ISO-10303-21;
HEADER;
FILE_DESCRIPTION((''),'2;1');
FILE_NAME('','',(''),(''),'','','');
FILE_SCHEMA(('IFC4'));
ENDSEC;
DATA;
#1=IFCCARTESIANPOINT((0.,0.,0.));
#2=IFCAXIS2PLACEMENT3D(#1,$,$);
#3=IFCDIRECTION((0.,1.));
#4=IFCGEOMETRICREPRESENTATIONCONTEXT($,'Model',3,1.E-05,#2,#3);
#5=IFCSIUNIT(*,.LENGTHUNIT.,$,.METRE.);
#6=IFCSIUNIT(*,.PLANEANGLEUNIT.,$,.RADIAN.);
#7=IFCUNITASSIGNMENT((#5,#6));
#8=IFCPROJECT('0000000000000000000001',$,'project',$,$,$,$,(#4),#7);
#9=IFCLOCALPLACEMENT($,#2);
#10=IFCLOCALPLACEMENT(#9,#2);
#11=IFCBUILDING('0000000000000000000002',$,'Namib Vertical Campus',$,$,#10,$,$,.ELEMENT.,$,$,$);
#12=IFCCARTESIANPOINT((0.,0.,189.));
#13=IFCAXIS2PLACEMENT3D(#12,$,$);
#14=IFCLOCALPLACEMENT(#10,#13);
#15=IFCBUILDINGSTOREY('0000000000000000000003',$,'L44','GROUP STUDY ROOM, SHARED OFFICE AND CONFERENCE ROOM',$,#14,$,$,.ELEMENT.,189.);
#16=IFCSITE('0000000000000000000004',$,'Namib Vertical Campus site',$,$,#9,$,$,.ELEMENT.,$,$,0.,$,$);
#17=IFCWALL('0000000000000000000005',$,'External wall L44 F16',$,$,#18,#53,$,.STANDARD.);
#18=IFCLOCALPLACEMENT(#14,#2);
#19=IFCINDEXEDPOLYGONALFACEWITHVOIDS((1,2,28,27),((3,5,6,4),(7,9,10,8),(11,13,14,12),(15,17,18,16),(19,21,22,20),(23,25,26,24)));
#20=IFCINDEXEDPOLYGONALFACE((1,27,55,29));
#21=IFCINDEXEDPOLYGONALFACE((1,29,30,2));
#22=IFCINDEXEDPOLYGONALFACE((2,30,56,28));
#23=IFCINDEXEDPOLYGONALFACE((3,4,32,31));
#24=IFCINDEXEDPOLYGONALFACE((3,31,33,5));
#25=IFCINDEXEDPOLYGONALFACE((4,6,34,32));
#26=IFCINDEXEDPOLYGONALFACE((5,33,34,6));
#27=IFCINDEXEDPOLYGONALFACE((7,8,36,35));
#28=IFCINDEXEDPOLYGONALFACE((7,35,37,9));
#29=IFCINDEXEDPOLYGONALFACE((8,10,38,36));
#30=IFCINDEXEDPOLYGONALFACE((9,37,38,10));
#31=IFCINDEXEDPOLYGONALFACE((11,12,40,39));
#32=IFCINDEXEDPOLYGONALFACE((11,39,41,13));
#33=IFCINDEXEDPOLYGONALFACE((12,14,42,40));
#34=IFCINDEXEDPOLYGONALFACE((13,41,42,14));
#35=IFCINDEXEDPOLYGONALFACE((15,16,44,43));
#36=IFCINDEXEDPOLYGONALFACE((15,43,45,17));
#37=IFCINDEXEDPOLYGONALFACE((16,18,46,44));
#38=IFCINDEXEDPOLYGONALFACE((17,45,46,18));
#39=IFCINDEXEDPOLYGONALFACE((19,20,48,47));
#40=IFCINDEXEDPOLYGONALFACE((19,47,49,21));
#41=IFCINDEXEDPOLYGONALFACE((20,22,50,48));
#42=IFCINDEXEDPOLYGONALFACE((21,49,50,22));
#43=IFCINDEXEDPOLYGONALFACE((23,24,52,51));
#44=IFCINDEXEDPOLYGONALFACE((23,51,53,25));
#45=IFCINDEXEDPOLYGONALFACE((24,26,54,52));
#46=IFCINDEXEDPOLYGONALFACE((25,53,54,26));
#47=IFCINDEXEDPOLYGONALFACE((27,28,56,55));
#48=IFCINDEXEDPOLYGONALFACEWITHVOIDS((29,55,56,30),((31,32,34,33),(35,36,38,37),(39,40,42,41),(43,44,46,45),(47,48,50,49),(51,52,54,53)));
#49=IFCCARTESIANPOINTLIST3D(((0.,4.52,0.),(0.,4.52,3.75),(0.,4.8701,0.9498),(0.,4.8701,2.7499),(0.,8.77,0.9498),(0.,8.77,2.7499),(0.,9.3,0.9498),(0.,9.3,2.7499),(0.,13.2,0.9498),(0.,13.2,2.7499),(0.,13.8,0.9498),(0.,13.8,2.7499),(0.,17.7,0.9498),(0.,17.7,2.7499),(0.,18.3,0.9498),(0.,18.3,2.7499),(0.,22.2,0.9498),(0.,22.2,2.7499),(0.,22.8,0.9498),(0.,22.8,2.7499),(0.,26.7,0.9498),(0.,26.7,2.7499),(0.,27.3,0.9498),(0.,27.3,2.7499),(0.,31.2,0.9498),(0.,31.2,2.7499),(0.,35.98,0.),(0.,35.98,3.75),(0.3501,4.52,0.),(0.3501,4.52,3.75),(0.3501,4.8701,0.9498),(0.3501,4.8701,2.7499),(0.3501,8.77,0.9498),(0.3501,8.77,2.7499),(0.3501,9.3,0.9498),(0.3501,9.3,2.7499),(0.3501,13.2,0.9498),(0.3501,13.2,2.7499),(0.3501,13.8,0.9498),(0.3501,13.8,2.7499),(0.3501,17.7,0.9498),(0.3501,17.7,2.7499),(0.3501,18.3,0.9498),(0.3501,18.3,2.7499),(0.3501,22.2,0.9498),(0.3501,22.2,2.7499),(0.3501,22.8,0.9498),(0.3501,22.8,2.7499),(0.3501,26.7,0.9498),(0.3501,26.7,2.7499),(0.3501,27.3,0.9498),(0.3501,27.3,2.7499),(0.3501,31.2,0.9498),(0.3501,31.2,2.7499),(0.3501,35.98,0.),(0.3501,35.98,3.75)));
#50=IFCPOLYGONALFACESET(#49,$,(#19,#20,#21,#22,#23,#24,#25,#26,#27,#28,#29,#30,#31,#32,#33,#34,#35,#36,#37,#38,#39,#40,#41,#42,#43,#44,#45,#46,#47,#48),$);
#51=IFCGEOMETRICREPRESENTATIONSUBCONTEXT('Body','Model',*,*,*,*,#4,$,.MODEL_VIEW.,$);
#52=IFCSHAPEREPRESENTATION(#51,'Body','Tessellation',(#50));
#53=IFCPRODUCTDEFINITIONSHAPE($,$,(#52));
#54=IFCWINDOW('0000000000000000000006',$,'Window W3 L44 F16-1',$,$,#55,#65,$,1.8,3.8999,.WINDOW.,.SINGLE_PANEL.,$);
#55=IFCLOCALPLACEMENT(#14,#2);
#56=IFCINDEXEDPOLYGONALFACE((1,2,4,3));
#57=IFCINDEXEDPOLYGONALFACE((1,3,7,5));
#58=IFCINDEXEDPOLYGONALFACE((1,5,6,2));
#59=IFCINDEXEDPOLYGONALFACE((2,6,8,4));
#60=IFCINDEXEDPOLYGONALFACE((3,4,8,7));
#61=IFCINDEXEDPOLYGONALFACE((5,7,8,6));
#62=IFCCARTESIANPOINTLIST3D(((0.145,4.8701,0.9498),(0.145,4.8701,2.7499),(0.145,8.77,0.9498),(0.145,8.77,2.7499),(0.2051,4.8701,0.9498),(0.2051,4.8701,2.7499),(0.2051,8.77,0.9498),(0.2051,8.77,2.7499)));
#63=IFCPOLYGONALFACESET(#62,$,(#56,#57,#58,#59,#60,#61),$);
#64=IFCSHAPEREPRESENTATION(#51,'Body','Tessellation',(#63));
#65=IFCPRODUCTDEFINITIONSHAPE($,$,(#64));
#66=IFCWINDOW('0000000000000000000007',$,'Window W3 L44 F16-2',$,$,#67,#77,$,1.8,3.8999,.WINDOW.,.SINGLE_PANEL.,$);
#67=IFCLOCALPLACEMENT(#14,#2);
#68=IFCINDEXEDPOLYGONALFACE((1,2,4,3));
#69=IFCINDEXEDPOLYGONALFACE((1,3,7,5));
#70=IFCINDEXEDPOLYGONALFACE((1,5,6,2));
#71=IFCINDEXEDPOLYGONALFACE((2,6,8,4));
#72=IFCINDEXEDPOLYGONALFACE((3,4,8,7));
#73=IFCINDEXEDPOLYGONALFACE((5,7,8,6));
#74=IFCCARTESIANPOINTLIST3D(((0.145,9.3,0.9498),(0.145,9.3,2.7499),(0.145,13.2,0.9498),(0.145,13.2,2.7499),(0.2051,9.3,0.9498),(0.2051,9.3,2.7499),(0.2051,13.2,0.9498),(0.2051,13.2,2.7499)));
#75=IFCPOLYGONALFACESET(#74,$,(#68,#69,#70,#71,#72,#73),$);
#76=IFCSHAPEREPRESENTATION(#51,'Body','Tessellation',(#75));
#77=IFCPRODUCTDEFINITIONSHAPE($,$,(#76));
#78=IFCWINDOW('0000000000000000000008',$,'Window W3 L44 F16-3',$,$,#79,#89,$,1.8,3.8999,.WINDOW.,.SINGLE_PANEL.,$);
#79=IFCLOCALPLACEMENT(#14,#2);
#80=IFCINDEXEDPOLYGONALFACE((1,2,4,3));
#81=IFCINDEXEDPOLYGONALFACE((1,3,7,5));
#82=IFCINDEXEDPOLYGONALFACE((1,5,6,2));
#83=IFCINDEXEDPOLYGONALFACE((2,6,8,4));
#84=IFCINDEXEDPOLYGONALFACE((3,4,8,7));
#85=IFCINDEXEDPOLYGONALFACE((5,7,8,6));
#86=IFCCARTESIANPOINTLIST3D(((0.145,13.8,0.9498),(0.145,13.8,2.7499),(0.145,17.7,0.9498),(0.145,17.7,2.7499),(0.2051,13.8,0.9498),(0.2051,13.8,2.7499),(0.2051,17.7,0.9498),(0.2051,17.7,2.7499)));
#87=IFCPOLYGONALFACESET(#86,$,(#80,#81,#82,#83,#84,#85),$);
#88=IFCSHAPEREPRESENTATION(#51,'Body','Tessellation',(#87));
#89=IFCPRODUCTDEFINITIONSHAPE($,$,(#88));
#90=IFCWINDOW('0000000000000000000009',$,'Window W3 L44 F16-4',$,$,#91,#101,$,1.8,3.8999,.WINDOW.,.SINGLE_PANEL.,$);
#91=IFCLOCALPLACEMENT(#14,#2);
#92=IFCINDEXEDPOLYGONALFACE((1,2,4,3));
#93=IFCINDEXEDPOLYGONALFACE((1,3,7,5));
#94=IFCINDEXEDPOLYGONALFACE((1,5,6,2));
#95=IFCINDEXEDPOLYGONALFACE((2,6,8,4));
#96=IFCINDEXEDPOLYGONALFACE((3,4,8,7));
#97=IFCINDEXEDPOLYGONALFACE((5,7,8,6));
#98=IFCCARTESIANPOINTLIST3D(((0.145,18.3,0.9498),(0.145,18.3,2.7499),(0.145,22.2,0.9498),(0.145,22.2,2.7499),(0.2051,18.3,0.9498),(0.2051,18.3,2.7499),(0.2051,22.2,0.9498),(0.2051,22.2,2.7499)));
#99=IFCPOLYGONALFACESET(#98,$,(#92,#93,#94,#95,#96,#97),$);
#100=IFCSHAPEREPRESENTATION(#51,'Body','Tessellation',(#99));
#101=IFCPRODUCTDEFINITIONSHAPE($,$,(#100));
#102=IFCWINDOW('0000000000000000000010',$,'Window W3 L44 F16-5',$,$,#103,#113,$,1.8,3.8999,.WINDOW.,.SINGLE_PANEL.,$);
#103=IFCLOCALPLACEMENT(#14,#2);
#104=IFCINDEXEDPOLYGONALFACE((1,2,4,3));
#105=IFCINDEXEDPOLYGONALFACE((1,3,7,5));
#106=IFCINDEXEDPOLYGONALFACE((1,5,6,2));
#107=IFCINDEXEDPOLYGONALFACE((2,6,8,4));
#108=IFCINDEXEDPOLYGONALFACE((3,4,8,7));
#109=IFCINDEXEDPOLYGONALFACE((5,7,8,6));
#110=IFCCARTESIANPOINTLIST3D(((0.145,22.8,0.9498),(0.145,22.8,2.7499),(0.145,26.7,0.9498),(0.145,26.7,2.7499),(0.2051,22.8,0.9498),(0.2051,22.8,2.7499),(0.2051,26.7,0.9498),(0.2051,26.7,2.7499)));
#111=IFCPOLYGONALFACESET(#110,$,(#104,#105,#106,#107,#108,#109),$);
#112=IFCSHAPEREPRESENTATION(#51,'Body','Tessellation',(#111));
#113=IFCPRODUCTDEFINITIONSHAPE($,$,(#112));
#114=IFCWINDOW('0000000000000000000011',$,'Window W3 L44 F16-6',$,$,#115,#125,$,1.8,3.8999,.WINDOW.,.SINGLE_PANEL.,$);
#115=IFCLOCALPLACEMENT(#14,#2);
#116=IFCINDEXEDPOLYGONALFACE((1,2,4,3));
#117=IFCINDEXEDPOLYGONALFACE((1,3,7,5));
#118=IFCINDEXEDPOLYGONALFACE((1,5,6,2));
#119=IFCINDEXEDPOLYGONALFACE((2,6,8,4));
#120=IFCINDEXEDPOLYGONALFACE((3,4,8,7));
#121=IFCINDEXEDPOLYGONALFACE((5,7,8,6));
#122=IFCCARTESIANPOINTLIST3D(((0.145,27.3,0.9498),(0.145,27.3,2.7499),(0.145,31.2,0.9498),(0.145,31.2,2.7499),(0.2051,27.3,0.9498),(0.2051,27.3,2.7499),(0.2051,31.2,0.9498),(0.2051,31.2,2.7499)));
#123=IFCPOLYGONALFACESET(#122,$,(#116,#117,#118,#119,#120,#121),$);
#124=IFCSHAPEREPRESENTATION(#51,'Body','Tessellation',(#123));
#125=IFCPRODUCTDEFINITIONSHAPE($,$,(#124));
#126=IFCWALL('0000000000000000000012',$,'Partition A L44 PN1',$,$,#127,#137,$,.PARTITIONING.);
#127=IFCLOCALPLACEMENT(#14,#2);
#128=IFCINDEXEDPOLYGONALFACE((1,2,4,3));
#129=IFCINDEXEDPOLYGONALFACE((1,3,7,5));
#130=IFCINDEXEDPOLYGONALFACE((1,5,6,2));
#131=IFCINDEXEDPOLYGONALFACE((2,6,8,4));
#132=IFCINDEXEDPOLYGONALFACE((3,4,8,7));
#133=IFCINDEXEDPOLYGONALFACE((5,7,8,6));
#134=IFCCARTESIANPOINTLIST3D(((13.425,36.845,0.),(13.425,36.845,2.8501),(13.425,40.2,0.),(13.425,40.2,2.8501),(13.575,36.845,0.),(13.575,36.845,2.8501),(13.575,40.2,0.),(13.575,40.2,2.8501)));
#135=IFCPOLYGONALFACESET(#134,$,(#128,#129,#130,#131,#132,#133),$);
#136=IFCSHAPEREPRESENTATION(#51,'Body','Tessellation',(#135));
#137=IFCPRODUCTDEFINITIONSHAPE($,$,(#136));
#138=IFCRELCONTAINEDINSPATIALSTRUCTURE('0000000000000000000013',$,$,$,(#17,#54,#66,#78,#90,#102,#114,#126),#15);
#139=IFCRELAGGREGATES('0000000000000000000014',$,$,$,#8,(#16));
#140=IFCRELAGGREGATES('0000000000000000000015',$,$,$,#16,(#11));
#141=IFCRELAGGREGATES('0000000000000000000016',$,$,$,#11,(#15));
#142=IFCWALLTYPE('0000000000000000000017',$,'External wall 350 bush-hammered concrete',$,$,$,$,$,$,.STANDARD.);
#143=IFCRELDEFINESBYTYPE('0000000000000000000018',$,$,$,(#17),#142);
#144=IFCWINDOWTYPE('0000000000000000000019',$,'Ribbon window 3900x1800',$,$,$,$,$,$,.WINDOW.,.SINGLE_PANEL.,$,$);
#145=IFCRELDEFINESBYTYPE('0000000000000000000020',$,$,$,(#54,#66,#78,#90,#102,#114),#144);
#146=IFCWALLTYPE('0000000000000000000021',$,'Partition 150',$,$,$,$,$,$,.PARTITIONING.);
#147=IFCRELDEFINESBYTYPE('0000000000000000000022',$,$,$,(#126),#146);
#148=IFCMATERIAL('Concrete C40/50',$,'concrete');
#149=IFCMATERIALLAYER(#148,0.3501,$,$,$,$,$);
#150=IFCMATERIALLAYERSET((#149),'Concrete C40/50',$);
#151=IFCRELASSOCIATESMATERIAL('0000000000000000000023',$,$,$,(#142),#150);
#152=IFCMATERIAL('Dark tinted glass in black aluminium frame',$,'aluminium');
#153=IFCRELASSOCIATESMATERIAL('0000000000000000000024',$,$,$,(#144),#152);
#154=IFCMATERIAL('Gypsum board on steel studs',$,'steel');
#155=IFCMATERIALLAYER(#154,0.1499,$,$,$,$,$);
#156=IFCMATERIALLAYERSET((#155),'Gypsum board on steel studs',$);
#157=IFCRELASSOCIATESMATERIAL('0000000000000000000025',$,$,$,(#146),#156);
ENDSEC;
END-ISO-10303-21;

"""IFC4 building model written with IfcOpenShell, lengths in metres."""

from ifc_helpers import new_model, si_unit, direction, frame, frame_2d, origin, place, context, subcontext, project, spatial, rectangle, extrude, material, layer, layer_set, type_object, element, fill, save


model = new_model("IFC4")

# Units and contexts
model_context = context("Model", 3, precision=1e-05, world=origin(), true_north=direction((0.0, 1.0)))
body_context = subcontext(model_context, "Body", "Model", "MODEL_VIEW")
ifc_project = project(units=[si_unit("LENGTHUNIT", "METRE"), si_unit("PLANEANGLEUNIT", "RADIAN")], contexts=[model_context])

# Site, building, storey
site_placement = place(None, origin())
site = spatial("IfcSite", under=ifc_project, at=site_placement, Name="Namib Vertical Campus site", CompositionType="ELEMENT", RefElevation=0.0)
building_placement = place(site_placement, origin())
building = spatial("IfcBuilding", under=site, at=building_placement, Name="Namib Vertical Campus", CompositionType="ELEMENT")
storey_placement = place(building_placement, frame((0.0, 0.0, 189.0)))
storey = spatial("IfcBuildingStorey", under=building, at=storey_placement, Name="L44", Description="GROUP STUDY ROOM, SHARED OFFICE AND CONFERENCE ROOM", CompositionType="ELEMENT", Elevation=189.0)

# Shared definitions
ifc_material_1 = material(Name="Concrete C40/50", Category="concrete")
ifc_layer_1 = layer(ifc_material_1, 0.3501)
ifc_layer_set_1 = layer_set([ifc_layer_1], Name="Concrete C40/50")
wall_type_1 = type_object("IfcWallType", Name="External wall 350 bush-hammered concrete", PredefinedType="STANDARD", material=ifc_layer_set_1)

# Wall, openings, windows
wall_1_placement = place(storey_placement, frame((0.175, 35.98, 0.0), z_axis=(0.0, 0.0, 1.0), x_axis=(0.0, -1.0, 0.0)))
wall_1 = element("IfcWall", 1, at=wall_1_placement, inside=storey, type_object=wall_type_1, Name="External wall L44 F16", PredefinedType="STANDARD", context=body_context, shape_type="SweptSolid", body=[
    extrude(rectangle(XDim=31.46, YDim=0.3501, at=frame_2d((15.73, 0.0))), origin(), (0.0, 0.0, 1.0), 3.75),
])
opening_1_placement = place(wall_1_placement, frame((27.21, 0.0, 0.95)))
opening_1 = element("IfcOpeningElement", 2, at=opening_1_placement, cuts=wall_1, PredefinedType="OPENING", context=body_context, shape_type="SweptSolid", body=[
    extrude(rectangle(XDim=3.8999, YDim=1.8, at=frame_2d((1.95, 0.8999))), frame((0.0, 0.1851, 0.0), z_axis=(0.0, -1.0, 0.0), x_axis=(1.0, 0.0, 0.0)), (0.0, 0.0, 1.0), 0.3701),
])
opening_2_placement = place(wall_1_placement, frame((22.78, 0.0, 0.95)))
opening_2 = element("IfcOpeningElement", 3, at=opening_2_placement, cuts=wall_1, PredefinedType="OPENING", context=body_context, shape_type="SweptSolid", body=[
    extrude(rectangle(XDim=3.8999, YDim=1.8, at=frame_2d((1.95, 0.8999))), frame((0.0, 0.1851, 0.0), z_axis=(0.0, -1.0, 0.0), x_axis=(1.0, 0.0, 0.0)), (0.0, 0.0, 1.0), 0.3701),
])
opening_3_placement = place(wall_1_placement, frame((18.28, 0.0, 0.95)))
opening_3 = element("IfcOpeningElement", 4, at=opening_3_placement, cuts=wall_1, PredefinedType="OPENING", context=body_context, shape_type="SweptSolid", body=[
    extrude(rectangle(XDim=3.8999, YDim=1.8, at=frame_2d((1.95, 0.8999))), frame((0.0, 0.1851, 0.0), z_axis=(0.0, -1.0, 0.0), x_axis=(1.0, 0.0, 0.0)), (0.0, 0.0, 1.0), 0.3701),
])
opening_4_placement = place(wall_1_placement, frame((13.78, 0.0, 0.95)))
opening_4 = element("IfcOpeningElement", 5, at=opening_4_placement, cuts=wall_1, PredefinedType="OPENING", context=body_context, shape_type="SweptSolid", body=[
    extrude(rectangle(XDim=3.8999, YDim=1.8, at=frame_2d((1.95, 0.8999))), frame((0.0, 0.1851, 0.0), z_axis=(0.0, -1.0, 0.0), x_axis=(1.0, 0.0, 0.0)), (0.0, 0.0, 1.0), 0.3701),
])
opening_5_placement = place(wall_1_placement, frame((9.28, 0.0, 0.95)))
opening_5 = element("IfcOpeningElement", 6, at=opening_5_placement, cuts=wall_1, PredefinedType="OPENING", context=body_context, shape_type="SweptSolid", body=[
    extrude(rectangle(XDim=3.8999, YDim=1.8, at=frame_2d((1.95, 0.8999))), frame((0.0, 0.1851, 0.0), z_axis=(0.0, -1.0, 0.0), x_axis=(1.0, 0.0, 0.0)), (0.0, 0.0, 1.0), 0.3701),
])
opening_6_placement = place(wall_1_placement, frame((4.78, 0.0, 0.95)))
opening_6 = element("IfcOpeningElement", 7, at=opening_6_placement, cuts=wall_1, PredefinedType="OPENING", context=body_context, shape_type="SweptSolid", body=[
    extrude(rectangle(XDim=3.8999, YDim=1.8, at=frame_2d((1.95, 0.8999))), frame((0.0, 0.1851, 0.0), z_axis=(0.0, -1.0, 0.0), x_axis=(1.0, 0.0, 0.0)), (0.0, 0.0, 1.0), 0.3701),
])
ifc_material_2 = material(Name="Dark tinted glass in black aluminium frame", Category="aluminium")
window_type = type_object("IfcWindowType", Name="Ribbon window 3900x1800", PartitioningType="SINGLE_PANEL", PredefinedType="WINDOW", material=ifc_material_2)
window_1_placement = place(opening_1_placement, origin())
window_1 = element("IfcWindow", 8, at=window_1_placement, inside=storey, type_object=window_type, Name="Window W3 L44 F16-1", OverallHeight=1.8, OverallWidth=3.8999, PartitioningType="SINGLE_PANEL", PredefinedType="WINDOW", context=body_context, shape_type="SweptSolid", body=[
    extrude(rectangle(XDim=3.8999, YDim=1.8, at=frame_2d((1.95, 0.8999))), frame((0.0, 0.03, 0.0), z_axis=(0.0, -1.0, 0.0), x_axis=(1.0, 0.0, 0.0)), (0.0, 0.0, 1.0), 0.0601),
])
fill(opening_1, window_1)
window_2_placement = place(opening_2_placement, origin())
window_2 = element("IfcWindow", 9, at=window_2_placement, inside=storey, type_object=window_type, Name="Window W3 L44 F16-2", OverallHeight=1.8, OverallWidth=3.8999, PartitioningType="SINGLE_PANEL", PredefinedType="WINDOW", context=body_context, shape_type="SweptSolid", body=[
    extrude(rectangle(XDim=3.8999, YDim=1.8, at=frame_2d((1.95, 0.8999))), frame((0.0, 0.03, 0.0), z_axis=(0.0, -1.0, 0.0), x_axis=(1.0, 0.0, 0.0)), (0.0, 0.0, 1.0), 0.0601),
])
fill(opening_2, window_2)
window_3_placement = place(opening_3_placement, origin())
window_3 = element("IfcWindow", 10, at=window_3_placement, inside=storey, type_object=window_type, Name="Window W3 L44 F16-3", OverallHeight=1.8, OverallWidth=3.8999, PartitioningType="SINGLE_PANEL", PredefinedType="WINDOW", context=body_context, shape_type="SweptSolid", body=[
    extrude(rectangle(XDim=3.8999, YDim=1.8, at=frame_2d((1.95, 0.8999))), frame((0.0, 0.03, 0.0), z_axis=(0.0, -1.0, 0.0), x_axis=(1.0, 0.0, 0.0)), (0.0, 0.0, 1.0), 0.0601),
])
fill(opening_3, window_3)
window_4_placement = place(opening_4_placement, origin())
window_4 = element("IfcWindow", 11, at=window_4_placement, inside=storey, type_object=window_type, Name="Window W3 L44 F16-4", OverallHeight=1.8, OverallWidth=3.8999, PartitioningType="SINGLE_PANEL", PredefinedType="WINDOW", context=body_context, shape_type="SweptSolid", body=[
    extrude(rectangle(XDim=3.8999, YDim=1.8, at=frame_2d((1.95, 0.8999))), frame((0.0, 0.03, 0.0), z_axis=(0.0, -1.0, 0.0), x_axis=(1.0, 0.0, 0.0)), (0.0, 0.0, 1.0), 0.0601),
])
fill(opening_4, window_4)
window_5_placement = place(opening_5_placement, origin())
window_5 = element("IfcWindow", 12, at=window_5_placement, inside=storey, type_object=window_type, Name="Window W3 L44 F16-5", OverallHeight=1.8, OverallWidth=3.8999, PartitioningType="SINGLE_PANEL", PredefinedType="WINDOW", context=body_context, shape_type="SweptSolid", body=[
    extrude(rectangle(XDim=3.8999, YDim=1.8, at=frame_2d((1.95, 0.8999))), frame((0.0, 0.03, 0.0), z_axis=(0.0, -1.0, 0.0), x_axis=(1.0, 0.0, 0.0)), (0.0, 0.0, 1.0), 0.0601),
])
fill(opening_5, window_5)
window_6_placement = place(opening_6_placement, origin())
window_6 = element("IfcWindow", 13, at=window_6_placement, inside=storey, type_object=window_type, Name="Window W3 L44 F16-6", OverallHeight=1.8, OverallWidth=3.8999, PartitioningType="SINGLE_PANEL", PredefinedType="WINDOW", context=body_context, shape_type="SweptSolid", body=[
    extrude(rectangle(XDim=3.8999, YDim=1.8, at=frame_2d((1.95, 0.8999))), frame((0.0, 0.03, 0.0), z_axis=(0.0, -1.0, 0.0), x_axis=(1.0, 0.0, 0.0)), (0.0, 0.0, 1.0), 0.0601),
])
fill(opening_6, window_6)

# Wall
ifc_material_3 = material(Name="Gypsum board on steel studs", Category="steel")
ifc_layer_2 = layer(ifc_material_3, 0.1499)
ifc_layer_set_2 = layer_set([ifc_layer_2], Name="Gypsum board on steel studs")
wall_type_2 = type_object("IfcWallType", Name="Partition 150", PredefinedType="PARTITIONING", material=ifc_layer_set_2)
wall_2_placement = place(storey_placement, frame((13.5, 36.845, 0.0), z_axis=(0.0, 0.0, 1.0), x_axis=(0.0, 1.0, 0.0)))
element("IfcWall", 14, at=wall_2_placement, inside=storey, type_object=wall_type_2, Name="Partition A L44 PN1", PredefinedType="PARTITIONING", context=body_context, shape_type="SweptSolid", body=[
    extrude(rectangle(XDim=3.355, YDim=0.1499, at=frame_2d((1.6775, 0.0))), origin(), (0.0, 0.0, 1.0), 2.8501),
])

save(model, "model.ifc")
